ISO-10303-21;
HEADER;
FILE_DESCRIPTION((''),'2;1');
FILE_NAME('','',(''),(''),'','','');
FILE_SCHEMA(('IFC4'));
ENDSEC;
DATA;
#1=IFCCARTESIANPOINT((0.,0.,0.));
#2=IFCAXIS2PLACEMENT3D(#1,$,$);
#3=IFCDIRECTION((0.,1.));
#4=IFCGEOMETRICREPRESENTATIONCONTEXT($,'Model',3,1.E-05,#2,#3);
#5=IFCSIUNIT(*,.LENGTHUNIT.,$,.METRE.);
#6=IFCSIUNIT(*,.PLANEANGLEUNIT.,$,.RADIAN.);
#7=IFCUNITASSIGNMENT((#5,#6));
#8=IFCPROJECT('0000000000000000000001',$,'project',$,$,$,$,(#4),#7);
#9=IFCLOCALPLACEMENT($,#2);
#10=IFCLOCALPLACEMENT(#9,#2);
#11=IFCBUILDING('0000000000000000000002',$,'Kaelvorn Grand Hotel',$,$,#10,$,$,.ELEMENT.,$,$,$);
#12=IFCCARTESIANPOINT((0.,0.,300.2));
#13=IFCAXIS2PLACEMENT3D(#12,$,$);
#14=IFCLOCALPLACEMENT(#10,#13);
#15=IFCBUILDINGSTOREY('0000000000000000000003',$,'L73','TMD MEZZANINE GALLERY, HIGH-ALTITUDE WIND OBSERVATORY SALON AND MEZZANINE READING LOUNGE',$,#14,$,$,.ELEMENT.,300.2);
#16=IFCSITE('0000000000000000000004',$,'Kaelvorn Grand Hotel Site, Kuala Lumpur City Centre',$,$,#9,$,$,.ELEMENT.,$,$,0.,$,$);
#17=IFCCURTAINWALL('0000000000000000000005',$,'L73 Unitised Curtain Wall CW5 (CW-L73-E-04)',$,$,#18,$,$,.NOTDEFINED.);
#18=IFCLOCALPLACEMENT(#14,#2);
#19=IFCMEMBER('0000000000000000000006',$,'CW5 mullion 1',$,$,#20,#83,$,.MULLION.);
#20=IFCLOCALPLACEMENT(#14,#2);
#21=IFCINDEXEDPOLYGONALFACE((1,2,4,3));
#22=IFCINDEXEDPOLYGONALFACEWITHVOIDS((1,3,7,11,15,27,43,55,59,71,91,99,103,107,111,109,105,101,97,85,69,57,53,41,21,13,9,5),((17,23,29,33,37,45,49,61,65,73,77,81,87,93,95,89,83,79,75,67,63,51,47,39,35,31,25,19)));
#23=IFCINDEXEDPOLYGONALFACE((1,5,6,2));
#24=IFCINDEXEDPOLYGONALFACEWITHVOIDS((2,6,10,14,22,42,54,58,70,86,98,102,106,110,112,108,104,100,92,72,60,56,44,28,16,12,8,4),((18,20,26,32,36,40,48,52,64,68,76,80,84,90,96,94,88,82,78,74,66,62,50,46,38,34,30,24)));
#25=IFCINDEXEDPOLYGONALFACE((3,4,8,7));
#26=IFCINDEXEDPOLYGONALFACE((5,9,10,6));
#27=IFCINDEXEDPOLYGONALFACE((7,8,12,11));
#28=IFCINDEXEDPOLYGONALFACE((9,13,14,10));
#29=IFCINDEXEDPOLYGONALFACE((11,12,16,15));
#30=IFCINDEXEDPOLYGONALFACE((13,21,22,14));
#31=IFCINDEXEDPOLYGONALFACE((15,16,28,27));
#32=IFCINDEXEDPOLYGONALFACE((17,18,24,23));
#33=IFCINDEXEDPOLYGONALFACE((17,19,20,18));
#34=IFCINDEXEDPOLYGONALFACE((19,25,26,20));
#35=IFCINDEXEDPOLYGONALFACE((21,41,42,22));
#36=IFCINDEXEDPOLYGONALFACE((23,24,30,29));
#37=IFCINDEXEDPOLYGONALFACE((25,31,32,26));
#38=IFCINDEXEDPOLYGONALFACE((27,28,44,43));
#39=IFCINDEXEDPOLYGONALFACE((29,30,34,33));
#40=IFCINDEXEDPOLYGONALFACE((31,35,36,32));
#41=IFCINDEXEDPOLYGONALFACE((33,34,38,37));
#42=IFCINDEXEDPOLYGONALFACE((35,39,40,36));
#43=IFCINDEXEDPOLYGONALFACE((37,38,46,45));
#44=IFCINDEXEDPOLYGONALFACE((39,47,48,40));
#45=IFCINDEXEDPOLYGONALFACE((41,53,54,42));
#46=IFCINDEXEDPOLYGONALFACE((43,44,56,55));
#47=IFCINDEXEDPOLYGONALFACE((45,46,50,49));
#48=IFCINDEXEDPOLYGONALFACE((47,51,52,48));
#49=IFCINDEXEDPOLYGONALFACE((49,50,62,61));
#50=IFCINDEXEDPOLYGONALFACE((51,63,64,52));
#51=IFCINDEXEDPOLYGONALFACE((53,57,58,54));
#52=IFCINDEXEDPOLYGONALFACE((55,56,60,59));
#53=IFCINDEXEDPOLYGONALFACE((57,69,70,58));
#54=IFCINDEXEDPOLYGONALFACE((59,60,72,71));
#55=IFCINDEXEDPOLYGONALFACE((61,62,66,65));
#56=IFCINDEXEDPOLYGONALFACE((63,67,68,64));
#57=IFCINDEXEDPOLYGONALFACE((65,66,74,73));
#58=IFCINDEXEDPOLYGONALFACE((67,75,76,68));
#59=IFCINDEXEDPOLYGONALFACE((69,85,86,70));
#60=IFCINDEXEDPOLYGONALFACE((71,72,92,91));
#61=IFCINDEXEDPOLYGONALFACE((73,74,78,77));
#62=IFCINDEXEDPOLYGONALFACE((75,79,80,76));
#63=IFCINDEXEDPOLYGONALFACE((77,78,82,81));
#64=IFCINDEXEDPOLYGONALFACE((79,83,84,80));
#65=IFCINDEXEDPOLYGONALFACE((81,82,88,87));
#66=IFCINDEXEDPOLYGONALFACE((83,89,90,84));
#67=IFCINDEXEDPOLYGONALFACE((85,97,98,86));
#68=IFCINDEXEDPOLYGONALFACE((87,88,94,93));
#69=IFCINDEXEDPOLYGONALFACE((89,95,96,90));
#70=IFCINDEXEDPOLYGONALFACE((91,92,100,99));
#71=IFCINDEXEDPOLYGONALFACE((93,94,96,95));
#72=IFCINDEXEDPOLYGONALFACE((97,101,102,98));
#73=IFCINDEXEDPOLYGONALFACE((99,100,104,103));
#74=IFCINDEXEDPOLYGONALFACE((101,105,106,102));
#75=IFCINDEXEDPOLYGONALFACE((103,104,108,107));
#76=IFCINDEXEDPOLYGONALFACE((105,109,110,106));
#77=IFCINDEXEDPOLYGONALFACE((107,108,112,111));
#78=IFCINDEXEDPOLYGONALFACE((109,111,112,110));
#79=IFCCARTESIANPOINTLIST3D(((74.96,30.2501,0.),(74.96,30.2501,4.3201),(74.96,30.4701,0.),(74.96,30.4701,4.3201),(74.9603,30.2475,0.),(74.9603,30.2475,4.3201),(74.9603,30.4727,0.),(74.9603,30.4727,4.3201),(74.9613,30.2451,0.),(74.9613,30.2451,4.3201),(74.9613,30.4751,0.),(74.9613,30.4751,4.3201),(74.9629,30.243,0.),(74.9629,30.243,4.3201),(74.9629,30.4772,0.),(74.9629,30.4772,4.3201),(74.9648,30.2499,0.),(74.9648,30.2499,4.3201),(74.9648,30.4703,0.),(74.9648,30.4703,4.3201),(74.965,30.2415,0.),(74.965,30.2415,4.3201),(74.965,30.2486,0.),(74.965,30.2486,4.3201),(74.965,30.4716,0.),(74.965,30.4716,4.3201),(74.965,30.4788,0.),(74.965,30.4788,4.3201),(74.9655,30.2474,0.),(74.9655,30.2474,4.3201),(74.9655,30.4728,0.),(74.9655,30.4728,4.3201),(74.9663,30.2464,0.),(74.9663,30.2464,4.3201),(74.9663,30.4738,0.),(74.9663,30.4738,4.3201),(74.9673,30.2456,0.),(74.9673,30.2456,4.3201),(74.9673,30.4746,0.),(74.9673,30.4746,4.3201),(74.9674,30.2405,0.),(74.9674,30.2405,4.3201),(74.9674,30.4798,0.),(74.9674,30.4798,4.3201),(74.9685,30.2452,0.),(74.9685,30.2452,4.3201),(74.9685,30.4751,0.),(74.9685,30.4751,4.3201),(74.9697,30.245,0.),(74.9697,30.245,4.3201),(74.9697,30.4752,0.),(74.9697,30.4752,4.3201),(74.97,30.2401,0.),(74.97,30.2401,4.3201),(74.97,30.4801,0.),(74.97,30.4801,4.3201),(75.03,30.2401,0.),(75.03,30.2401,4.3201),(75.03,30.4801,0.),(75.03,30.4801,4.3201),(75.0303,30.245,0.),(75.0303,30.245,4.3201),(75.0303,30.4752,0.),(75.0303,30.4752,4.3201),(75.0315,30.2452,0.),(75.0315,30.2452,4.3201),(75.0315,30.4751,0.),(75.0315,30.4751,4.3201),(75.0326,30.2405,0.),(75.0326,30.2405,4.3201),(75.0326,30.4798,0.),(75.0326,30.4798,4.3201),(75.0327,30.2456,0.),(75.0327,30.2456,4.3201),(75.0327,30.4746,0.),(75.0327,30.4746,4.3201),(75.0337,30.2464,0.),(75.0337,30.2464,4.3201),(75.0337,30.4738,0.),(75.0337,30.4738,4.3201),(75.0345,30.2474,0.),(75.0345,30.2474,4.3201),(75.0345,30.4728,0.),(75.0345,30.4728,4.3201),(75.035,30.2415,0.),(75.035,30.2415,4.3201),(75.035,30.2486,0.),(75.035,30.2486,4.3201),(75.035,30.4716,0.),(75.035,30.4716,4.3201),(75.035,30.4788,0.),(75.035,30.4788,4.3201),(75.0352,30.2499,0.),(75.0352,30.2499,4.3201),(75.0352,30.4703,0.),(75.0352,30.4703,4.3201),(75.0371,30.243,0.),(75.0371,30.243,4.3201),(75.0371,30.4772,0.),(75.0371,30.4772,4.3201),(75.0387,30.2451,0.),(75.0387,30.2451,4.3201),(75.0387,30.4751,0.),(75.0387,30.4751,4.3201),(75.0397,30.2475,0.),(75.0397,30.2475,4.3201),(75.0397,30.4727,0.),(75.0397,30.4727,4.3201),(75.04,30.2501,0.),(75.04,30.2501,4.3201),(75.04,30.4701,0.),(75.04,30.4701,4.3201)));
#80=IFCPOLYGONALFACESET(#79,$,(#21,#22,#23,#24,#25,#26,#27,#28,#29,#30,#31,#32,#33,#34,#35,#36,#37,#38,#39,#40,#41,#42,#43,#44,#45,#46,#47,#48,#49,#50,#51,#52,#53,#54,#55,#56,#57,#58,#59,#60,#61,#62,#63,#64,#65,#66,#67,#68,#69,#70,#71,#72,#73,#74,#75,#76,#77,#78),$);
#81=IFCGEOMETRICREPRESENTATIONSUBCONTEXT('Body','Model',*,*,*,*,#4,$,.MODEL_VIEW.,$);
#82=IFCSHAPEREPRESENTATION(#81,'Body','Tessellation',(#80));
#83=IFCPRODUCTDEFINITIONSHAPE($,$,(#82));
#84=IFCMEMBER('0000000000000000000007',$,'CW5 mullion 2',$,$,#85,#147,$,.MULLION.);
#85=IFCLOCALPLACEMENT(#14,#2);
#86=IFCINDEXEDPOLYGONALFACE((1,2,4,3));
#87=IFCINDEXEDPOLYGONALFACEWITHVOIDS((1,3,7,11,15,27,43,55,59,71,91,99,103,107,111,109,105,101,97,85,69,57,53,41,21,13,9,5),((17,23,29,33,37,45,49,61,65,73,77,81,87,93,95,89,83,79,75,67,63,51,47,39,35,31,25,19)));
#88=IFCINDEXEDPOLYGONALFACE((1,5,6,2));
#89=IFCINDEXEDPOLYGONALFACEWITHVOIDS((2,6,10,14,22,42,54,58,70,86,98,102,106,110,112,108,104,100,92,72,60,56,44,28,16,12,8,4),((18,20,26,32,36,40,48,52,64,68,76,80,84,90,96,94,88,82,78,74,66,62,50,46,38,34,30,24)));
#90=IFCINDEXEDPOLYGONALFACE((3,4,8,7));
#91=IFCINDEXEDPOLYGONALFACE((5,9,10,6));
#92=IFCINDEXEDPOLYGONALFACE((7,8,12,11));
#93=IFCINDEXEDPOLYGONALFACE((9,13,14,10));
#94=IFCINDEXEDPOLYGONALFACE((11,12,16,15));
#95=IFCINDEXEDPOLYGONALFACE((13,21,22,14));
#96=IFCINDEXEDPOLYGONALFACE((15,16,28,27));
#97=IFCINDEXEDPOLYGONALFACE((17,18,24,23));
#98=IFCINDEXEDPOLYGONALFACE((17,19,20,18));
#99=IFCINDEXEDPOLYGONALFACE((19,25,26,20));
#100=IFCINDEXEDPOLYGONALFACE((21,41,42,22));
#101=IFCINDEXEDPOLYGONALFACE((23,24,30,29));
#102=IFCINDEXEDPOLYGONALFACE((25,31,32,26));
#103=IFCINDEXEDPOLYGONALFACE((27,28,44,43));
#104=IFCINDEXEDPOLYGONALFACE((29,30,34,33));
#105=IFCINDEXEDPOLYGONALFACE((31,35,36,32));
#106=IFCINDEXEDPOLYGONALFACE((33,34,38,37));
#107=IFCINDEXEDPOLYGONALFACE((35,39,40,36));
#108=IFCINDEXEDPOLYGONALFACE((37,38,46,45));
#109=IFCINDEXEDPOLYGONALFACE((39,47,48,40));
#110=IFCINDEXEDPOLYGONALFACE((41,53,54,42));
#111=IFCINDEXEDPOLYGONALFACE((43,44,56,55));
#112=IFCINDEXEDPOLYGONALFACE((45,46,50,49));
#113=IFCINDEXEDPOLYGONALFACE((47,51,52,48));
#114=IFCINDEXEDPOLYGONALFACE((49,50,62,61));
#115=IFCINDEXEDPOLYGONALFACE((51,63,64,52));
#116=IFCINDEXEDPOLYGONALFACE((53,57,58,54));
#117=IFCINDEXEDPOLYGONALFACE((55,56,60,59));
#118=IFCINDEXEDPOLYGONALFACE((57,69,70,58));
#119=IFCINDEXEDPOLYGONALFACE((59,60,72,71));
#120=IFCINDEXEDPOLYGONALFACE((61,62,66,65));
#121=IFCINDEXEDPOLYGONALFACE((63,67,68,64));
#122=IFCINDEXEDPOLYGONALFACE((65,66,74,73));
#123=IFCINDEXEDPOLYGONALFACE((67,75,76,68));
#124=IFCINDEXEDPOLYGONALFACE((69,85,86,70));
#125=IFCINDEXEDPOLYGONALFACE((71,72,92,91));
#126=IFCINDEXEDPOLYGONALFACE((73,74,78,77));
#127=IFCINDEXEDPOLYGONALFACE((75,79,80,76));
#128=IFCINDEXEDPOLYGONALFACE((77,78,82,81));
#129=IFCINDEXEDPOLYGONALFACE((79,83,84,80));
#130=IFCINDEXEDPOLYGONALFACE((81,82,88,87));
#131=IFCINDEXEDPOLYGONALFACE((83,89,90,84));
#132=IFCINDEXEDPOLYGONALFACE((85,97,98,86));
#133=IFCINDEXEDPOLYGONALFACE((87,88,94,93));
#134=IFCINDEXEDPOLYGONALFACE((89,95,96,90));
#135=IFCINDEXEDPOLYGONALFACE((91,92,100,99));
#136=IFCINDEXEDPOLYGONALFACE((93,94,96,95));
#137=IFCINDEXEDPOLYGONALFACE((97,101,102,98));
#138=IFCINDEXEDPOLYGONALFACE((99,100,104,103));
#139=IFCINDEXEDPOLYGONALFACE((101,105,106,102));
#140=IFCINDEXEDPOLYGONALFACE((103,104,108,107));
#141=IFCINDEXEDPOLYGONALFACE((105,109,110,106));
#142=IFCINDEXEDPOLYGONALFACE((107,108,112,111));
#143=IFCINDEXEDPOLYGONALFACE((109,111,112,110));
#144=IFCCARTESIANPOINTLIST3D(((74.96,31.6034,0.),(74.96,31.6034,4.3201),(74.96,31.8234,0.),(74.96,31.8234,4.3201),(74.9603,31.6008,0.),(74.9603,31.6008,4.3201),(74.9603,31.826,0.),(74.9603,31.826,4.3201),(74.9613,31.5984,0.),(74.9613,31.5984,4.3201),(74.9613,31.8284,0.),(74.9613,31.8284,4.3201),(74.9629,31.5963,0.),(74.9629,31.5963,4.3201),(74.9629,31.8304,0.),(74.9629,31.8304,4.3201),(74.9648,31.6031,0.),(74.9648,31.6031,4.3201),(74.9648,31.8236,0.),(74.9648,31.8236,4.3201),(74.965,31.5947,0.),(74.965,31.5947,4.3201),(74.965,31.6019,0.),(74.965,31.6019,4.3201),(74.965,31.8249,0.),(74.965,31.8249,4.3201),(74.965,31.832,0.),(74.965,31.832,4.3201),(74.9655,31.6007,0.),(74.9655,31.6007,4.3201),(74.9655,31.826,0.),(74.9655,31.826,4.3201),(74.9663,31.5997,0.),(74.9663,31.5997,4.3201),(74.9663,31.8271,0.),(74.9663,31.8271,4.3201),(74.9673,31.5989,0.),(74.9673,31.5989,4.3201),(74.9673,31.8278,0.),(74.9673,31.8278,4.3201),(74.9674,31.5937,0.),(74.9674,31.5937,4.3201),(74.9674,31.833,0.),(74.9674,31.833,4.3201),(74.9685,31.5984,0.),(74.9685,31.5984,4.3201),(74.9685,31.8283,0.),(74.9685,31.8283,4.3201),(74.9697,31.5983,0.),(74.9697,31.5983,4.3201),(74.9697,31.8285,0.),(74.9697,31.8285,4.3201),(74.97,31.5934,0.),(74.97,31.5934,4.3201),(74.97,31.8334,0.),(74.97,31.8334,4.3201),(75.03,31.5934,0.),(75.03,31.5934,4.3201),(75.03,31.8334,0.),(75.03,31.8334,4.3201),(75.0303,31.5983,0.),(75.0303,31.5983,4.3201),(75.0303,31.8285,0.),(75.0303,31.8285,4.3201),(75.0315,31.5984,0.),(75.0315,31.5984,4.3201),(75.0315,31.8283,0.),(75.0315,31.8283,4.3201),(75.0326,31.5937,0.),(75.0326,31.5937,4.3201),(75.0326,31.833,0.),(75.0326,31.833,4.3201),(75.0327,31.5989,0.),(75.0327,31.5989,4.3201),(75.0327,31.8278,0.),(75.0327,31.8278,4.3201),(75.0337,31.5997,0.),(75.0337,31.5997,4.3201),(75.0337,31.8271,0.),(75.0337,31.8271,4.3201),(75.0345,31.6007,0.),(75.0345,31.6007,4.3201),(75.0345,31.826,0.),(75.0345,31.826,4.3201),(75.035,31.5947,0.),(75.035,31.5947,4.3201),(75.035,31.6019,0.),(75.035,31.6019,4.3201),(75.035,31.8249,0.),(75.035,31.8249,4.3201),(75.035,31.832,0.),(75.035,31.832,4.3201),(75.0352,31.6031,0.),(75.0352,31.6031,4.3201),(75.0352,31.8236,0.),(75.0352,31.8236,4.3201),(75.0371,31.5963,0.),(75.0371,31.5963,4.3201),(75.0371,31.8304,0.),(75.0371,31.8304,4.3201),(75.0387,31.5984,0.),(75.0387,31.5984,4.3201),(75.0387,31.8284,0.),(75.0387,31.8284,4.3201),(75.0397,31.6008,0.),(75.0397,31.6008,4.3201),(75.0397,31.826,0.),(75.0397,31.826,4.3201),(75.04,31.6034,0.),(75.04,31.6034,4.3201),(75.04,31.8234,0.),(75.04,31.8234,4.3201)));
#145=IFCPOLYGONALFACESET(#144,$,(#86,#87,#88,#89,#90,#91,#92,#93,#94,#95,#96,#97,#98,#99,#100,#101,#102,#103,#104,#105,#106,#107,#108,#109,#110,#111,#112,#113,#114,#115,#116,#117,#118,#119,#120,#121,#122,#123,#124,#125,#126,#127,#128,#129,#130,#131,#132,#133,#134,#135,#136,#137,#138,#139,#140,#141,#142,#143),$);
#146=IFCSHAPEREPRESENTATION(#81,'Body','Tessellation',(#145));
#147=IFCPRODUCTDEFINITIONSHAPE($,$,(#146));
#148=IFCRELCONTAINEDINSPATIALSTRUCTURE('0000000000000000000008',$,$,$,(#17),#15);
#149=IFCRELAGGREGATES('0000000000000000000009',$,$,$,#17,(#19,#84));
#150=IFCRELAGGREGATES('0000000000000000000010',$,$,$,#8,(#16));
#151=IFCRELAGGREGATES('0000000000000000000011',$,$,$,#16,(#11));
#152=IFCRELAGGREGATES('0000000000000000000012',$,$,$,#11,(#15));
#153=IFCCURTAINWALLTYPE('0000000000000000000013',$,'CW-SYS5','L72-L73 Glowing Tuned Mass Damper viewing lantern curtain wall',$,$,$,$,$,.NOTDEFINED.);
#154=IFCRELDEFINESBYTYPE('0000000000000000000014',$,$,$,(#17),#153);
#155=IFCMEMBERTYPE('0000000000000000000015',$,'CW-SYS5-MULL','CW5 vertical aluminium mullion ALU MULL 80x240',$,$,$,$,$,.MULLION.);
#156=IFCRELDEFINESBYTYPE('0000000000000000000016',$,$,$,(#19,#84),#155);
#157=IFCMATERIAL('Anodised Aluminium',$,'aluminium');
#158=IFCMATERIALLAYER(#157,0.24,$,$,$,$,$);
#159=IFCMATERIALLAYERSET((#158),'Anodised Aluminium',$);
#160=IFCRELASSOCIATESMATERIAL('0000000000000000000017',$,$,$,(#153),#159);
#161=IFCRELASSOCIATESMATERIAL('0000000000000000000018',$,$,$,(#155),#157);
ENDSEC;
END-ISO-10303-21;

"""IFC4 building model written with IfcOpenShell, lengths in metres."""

from ifc_helpers import new_model, si_unit, direction, frame, origin, origin_2d, place, context, subcontext, project, spatial, hollow_rectangle, extrude, material, layer, layer_set, material_profile, profile_set, type_object, element, aggregate, save


model = new_model("IFC4")

# Units and contexts
model_context = context("Model", 3, precision=1e-05, world=origin(), true_north=direction((0.0, 1.0)))
body_context = subcontext(model_context, "Body", "Model", "MODEL_VIEW")
ifc_project = project(units=[si_unit("LENGTHUNIT", "METRE"), si_unit("PLANEANGLEUNIT", "RADIAN")], contexts=[model_context])

# Site, building, storey
site_placement = place(None, origin())
site = spatial("IfcSite", under=ifc_project, at=site_placement, Name="Kaelvorn Grand Hotel Site, Kuala Lumpur City Centre", CompositionType="ELEMENT", RefElevation=0.0)
building_placement = place(site_placement, origin())
building = spatial("IfcBuilding", under=site, at=building_placement, Name="Kaelvorn Grand Hotel", CompositionType="ELEMENT")
storey_placement = place(building_placement, frame((0.0, 0.0, 300.2)))
storey = spatial("IfcBuildingStorey", under=building, at=storey_placement, Name="L73", Description="TMD MEZZANINE GALLERY, HIGH-ALTITUDE WIND OBSERVATORY SALON AND MEZZANINE READING LOUNGE", CompositionType="ELEMENT", Elevation=300.2)

# Shared definitions
ifc_material_1 = material(Name="Anodised Aluminium", Category="aluminium")
ifc_layer_1 = layer(ifc_material_1, 0.24)
ifc_layer_set_1 = layer_set([ifc_layer_1], Name="Anodised Aluminium")
curtain_wall_type = type_object("IfcCurtainWallType", Name="CW-SYS5", Description="L72-L73 Glowing Tuned Mass Damper viewing lantern curtain wall", PredefinedType="NOTDEFINED", material=ifc_layer_set_1)
ifc_material_profile_1 = material_profile(ifc_material_1, hollow_rectangle(XDim=0.0801, YDim=0.24, WallThickness=0.0049, InnerFilletRadius=0.0049, OuterFilletRadius=0.01, at=origin_2d()), Name="ALU MULL 80x240")
ifc_profile_set_1 = profile_set([ifc_material_profile_1], Name="Anodised Aluminium")
member_type_1 = type_object("IfcMemberType", Name="CW-SYS5-MULL", Description="CW5 vertical aluminium mullion ALU MULL 80x240", PredefinedType="MULLION", material=ifc_profile_set_1)

# Curtain wall, members
curtain_wall_1_placement = place(storey_placement, origin())
curtain_wall_1 = element("IfcCurtainWall", 1, at=curtain_wall_1_placement, inside=storey, type_object=curtain_wall_type, Name="L73 Unitised Curtain Wall CW5 (CW-L73-E-04)", PredefinedType="NOTDEFINED")
member_1_placement = place(storey_placement, frame((75.0, 30.3601, 0.0), z_axis=(0.0, 0.0, 1.0), x_axis=(-1.0, 0.0, 0.0)))
member_1 = element("IfcMember", 2, at=member_1_placement, type_object=member_type_1, Name="CW5 mullion 1", PredefinedType="MULLION", context=body_context, shape_type="SweptSolid", body=[
    extrude(hollow_rectangle(XDim=0.0801, YDim=0.24, WallThickness=0.0049, InnerFilletRadius=0.0049, OuterFilletRadius=0.01, at=origin_2d()), origin(), (0.0, 0.0, 1.0), 4.3201),
])
member_2_placement = place(storey_placement, frame((75.0, 31.7134, 0.0), z_axis=(0.0, 0.0, 1.0), x_axis=(-1.0, 0.0, 0.0)))
member_2 = element("IfcMember", 3, at=member_2_placement, type_object=member_type_1, Name="CW5 mullion 2", PredefinedType="MULLION", context=body_context, shape_type="SweptSolid", body=[
    extrude(hollow_rectangle(XDim=0.0801, YDim=0.24, WallThickness=0.0049, InnerFilletRadius=0.0049, OuterFilletRadius=0.01, at=origin_2d()), origin(), (0.0, 0.0, 1.0), 4.3201),
])
aggregate(curtain_wall_1, [member_1, member_2])

save(model, "model.ifc")
